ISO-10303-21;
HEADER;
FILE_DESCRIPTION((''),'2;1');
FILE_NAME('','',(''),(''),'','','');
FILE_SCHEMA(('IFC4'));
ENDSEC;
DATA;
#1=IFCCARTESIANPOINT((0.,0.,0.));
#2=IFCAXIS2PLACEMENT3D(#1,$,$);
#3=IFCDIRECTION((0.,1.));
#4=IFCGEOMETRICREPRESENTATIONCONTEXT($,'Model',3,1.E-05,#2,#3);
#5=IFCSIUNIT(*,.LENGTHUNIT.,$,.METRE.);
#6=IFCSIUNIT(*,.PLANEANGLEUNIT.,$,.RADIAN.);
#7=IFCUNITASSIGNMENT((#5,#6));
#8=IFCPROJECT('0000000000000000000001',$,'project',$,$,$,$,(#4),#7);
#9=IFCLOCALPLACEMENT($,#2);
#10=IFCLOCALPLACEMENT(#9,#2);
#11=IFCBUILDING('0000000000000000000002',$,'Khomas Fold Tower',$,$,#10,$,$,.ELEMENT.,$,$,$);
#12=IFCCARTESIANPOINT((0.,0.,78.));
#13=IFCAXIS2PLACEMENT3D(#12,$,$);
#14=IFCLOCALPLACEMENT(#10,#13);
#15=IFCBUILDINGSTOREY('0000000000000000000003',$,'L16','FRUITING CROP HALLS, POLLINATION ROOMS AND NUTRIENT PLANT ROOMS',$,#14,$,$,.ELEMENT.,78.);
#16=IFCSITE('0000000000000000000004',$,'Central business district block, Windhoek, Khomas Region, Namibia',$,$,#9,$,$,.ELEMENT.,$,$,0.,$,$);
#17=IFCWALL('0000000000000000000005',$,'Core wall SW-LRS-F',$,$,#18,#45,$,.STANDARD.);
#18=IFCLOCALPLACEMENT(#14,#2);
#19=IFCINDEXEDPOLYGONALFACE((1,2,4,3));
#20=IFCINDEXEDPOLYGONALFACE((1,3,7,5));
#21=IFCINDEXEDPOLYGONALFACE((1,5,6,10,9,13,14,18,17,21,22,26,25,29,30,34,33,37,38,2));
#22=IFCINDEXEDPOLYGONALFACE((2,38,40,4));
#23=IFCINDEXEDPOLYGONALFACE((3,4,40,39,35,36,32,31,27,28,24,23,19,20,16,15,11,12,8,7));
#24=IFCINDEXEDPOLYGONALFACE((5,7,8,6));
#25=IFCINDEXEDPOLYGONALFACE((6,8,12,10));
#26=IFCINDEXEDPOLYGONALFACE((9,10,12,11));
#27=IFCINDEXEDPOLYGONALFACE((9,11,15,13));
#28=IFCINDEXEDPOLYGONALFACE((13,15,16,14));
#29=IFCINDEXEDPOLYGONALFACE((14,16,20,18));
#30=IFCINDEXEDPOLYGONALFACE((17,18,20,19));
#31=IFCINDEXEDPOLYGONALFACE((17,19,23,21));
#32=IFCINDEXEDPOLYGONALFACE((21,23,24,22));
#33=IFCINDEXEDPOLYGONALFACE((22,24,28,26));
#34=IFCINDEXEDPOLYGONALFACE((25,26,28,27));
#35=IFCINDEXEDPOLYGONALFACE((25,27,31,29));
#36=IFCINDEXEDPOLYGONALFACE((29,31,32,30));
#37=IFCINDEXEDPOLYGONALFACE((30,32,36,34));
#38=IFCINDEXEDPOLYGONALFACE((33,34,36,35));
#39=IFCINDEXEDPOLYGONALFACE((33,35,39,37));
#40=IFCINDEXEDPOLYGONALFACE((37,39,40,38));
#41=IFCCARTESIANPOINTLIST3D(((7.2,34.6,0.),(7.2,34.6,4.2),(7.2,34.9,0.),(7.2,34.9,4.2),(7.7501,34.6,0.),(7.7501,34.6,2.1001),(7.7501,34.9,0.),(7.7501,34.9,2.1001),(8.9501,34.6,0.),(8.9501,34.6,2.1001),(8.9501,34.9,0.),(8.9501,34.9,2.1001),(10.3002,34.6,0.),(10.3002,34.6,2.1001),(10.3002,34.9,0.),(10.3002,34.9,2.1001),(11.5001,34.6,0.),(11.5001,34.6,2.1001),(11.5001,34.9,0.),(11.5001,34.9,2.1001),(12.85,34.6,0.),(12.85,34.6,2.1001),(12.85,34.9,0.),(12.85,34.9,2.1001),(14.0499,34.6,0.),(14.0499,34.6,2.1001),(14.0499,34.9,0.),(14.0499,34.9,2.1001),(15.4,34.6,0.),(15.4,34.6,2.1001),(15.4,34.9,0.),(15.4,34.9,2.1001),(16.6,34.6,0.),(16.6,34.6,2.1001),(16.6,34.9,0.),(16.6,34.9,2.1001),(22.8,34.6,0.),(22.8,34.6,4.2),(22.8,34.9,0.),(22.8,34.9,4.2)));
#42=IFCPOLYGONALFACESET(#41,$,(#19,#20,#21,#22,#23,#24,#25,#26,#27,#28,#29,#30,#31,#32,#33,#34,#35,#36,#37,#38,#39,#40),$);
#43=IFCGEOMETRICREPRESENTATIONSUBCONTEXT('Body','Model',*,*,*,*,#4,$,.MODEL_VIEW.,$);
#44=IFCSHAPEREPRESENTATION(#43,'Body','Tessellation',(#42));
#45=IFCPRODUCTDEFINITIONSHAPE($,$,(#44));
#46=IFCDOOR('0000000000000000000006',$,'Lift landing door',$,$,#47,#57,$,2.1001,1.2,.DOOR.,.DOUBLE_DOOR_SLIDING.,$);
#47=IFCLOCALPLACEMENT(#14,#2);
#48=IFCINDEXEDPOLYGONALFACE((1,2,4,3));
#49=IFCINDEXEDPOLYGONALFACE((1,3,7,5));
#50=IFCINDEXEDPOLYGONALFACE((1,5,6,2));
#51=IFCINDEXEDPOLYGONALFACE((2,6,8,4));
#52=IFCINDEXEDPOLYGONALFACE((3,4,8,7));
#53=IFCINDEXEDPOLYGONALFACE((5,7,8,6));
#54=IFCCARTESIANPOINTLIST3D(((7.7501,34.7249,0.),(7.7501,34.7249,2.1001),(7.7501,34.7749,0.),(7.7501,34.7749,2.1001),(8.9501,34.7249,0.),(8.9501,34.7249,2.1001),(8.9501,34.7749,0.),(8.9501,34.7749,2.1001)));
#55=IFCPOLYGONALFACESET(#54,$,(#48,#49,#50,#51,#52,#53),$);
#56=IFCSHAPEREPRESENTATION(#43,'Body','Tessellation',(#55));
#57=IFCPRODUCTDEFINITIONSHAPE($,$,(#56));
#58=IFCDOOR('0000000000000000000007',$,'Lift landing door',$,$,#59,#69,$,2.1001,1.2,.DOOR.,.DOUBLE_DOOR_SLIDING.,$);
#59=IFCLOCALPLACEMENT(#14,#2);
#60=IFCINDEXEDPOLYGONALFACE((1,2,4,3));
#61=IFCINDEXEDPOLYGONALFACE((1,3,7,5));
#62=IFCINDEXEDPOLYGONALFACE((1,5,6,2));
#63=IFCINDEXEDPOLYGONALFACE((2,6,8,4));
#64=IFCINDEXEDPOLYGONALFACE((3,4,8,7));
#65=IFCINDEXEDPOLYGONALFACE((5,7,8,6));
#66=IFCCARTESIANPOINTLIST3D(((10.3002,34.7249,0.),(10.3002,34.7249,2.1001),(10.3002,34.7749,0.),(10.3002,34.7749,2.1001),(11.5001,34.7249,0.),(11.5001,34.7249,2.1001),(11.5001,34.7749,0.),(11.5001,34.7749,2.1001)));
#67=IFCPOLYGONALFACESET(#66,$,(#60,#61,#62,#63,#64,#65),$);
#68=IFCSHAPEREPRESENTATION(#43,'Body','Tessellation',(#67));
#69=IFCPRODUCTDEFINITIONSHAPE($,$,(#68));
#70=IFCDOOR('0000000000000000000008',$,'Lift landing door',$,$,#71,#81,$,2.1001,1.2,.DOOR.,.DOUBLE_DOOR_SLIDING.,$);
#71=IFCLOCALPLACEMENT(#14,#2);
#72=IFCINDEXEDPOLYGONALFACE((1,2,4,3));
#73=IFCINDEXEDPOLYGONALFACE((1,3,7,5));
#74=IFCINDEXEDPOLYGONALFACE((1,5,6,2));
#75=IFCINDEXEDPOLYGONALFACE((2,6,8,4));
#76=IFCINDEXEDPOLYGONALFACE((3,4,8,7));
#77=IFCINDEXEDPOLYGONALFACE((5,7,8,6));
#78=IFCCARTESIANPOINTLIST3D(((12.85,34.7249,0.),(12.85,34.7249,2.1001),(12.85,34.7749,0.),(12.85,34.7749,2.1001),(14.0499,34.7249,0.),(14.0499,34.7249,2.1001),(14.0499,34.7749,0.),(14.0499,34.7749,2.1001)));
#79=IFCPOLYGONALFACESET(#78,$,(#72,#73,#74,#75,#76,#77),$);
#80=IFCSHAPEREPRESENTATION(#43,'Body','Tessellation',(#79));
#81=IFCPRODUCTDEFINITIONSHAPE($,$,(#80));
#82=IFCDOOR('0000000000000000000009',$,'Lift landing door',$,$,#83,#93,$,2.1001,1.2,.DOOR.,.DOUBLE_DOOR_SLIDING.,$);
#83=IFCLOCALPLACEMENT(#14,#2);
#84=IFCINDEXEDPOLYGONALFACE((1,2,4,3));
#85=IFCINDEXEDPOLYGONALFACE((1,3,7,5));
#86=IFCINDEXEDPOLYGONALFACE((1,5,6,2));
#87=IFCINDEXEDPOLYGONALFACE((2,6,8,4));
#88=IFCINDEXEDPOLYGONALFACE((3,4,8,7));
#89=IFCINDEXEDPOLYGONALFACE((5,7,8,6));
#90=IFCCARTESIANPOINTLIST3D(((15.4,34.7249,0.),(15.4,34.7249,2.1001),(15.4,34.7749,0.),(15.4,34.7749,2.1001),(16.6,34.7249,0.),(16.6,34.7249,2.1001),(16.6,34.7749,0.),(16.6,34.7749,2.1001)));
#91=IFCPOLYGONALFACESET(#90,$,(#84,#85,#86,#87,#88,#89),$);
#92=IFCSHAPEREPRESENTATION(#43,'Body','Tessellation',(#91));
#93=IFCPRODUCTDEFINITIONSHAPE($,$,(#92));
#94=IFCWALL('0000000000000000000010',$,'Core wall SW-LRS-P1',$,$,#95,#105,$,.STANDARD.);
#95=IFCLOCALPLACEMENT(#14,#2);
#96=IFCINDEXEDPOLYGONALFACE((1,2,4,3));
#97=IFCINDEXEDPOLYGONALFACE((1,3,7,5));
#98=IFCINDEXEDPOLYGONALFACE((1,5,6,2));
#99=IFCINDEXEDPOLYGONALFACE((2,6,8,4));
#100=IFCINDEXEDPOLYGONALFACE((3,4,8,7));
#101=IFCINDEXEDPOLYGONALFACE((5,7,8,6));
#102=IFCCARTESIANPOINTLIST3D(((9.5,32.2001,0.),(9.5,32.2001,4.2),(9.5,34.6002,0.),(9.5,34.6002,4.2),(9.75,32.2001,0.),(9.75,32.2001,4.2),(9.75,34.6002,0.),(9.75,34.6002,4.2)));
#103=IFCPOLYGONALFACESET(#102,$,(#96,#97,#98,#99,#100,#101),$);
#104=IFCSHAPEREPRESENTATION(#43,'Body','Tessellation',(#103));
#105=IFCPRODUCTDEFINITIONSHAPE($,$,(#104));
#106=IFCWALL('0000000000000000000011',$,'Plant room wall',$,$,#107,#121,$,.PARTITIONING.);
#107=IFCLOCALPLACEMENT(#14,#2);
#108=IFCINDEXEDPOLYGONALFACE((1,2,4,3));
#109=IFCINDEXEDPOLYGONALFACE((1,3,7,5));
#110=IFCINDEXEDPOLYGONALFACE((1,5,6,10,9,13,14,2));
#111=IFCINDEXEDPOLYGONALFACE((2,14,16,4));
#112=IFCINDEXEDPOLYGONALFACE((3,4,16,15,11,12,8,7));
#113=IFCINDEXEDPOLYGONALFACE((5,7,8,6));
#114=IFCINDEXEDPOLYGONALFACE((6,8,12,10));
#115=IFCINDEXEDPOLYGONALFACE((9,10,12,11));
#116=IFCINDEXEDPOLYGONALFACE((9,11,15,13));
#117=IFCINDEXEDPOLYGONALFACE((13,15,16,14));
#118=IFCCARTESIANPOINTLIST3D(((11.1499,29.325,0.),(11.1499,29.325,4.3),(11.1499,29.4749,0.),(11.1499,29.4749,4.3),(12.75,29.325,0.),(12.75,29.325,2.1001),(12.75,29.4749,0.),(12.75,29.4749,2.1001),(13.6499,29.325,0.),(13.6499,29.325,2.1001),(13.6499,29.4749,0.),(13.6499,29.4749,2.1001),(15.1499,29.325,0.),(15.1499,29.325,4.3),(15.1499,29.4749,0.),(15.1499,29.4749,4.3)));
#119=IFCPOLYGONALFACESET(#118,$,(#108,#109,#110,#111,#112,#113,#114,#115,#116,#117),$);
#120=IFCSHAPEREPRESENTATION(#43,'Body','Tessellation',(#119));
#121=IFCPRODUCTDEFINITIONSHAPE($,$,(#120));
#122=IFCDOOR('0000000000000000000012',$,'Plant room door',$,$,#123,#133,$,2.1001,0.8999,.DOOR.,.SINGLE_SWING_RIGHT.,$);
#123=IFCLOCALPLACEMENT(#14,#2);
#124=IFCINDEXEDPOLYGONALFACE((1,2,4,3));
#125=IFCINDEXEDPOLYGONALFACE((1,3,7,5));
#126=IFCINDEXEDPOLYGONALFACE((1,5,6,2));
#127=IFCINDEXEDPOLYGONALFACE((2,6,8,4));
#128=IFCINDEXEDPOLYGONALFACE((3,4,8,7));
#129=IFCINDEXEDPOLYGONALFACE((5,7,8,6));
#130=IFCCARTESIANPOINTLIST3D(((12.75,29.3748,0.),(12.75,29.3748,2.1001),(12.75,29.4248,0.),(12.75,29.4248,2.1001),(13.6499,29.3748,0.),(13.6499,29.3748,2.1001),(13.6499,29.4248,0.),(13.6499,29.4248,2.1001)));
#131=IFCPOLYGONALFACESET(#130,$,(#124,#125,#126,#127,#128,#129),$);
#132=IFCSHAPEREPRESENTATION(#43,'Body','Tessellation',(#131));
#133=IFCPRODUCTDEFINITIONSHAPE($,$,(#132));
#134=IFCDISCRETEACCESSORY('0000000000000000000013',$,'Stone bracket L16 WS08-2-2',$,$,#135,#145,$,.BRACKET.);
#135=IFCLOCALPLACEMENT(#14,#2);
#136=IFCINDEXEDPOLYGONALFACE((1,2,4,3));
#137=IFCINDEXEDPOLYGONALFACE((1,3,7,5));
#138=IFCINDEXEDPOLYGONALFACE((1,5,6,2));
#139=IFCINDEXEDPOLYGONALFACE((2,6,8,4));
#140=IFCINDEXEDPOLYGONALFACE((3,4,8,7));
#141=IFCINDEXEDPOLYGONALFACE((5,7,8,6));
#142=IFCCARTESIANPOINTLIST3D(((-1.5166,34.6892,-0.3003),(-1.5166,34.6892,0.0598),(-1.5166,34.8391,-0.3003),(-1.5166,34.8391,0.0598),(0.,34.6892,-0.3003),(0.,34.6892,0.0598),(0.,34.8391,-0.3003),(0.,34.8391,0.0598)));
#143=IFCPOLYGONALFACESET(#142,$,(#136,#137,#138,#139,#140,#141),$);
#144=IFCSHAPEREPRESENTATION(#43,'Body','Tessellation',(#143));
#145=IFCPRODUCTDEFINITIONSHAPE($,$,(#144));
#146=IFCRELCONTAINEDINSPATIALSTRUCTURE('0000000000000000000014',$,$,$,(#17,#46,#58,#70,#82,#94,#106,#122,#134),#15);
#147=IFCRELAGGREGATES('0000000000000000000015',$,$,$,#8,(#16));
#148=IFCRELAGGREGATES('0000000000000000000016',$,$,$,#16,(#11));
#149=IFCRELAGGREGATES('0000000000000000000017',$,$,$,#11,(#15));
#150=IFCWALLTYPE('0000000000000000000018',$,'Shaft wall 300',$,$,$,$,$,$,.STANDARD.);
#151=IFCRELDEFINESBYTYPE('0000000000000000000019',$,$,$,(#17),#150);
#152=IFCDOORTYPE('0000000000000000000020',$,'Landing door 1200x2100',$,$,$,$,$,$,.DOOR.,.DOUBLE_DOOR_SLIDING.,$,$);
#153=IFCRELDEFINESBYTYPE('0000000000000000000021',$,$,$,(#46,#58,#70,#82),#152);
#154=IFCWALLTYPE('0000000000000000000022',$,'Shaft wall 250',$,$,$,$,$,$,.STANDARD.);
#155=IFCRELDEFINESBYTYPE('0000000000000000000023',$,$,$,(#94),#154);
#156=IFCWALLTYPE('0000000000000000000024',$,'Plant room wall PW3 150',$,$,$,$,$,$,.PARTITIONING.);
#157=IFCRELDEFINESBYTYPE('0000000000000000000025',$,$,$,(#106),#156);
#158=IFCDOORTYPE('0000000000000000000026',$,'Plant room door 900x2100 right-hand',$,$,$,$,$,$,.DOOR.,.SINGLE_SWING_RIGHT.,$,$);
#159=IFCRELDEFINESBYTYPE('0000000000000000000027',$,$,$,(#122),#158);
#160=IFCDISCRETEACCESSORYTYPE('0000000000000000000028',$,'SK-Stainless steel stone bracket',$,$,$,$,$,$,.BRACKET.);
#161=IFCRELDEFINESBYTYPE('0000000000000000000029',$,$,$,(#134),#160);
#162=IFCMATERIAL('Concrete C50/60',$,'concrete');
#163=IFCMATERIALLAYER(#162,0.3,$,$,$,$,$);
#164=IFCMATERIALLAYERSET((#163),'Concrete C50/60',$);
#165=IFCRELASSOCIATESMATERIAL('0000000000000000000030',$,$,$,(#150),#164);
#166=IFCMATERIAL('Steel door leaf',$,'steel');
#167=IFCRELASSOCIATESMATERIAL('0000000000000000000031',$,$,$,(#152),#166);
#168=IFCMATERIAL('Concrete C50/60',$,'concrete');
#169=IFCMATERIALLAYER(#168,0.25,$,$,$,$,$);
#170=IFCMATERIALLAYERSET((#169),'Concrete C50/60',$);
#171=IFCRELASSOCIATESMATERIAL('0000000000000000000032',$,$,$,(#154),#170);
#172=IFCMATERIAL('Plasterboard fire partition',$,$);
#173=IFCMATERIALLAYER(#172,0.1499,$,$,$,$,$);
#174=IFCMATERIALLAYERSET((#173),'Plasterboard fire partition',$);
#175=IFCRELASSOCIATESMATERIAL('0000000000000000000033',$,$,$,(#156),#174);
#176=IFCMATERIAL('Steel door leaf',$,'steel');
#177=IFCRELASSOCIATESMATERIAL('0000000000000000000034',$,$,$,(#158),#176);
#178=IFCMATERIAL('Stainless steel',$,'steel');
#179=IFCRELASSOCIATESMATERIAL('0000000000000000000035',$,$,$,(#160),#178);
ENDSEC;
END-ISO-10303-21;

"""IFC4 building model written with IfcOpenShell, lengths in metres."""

from ifc_helpers import new_model, si_unit, direction, frame, frame_2d, origin, origin_2d, place, context, subcontext, project, spatial, rectangle, extrude, source, transform, mapped, material, layer, layer_set, type_object, element, fill, save


model = new_model("IFC4")

# Units and contexts
model_context = context("Model", 3, precision=1e-05, world=origin(), true_north=direction((0.0, 1.0)))
body_context = subcontext(model_context, "Body", "Model", "MODEL_VIEW")
ifc_project = project(units=[si_unit("LENGTHUNIT", "METRE"), si_unit("PLANEANGLEUNIT", "RADIAN")], contexts=[model_context])

# Site, building, storey
site_placement = place(None, origin())
site = spatial("IfcSite", under=ifc_project, at=site_placement, Name="Central business district block, Windhoek, Khomas Region, Namibia", CompositionType="ELEMENT", RefElevation=0.0)
building_placement = place(site_placement, origin())
building = spatial("IfcBuilding", under=site, at=building_placement, Name="Khomas Fold Tower", CompositionType="ELEMENT")
storey_placement = place(building_placement, frame((0.0, 0.0, 78.0)))
storey = spatial("IfcBuildingStorey", under=building, at=storey_placement, Name="L16", Description="FRUITING CROP HALLS, POLLINATION ROOMS AND NUTRIENT PLANT ROOMS", CompositionType="ELEMENT", Elevation=78.0)

# Shared definitions
ifc_material_1 = material(Name="Concrete C50/60", Category="concrete")
ifc_layer_1 = layer(ifc_material_1, 0.3)
ifc_layer_set_1 = layer_set([ifc_layer_1], Name="Concrete C50/60")
wall_type_1 = type_object("IfcWallType", Name="Shaft wall 300", PredefinedType="STANDARD", material=ifc_layer_set_1)
shared_shape_1 = source(origin(), body_context, "Body", "SweptSolid", [
    extrude(rectangle(XDim=15.6001, YDim=0.3, at=frame_2d((7.8, 0.0))), origin(), (0.0, 0.0, 1.0), 4.2),
])

# Wall, openings, doors
wall_1_placement = place(storey_placement, frame((7.2, 34.75, 0.0), z_axis=(0.0, 0.0, 1.0), x_axis=(1.0, 0.0, 0.0)))
wall_1 = element("IfcWall", 1, at=wall_1_placement, inside=storey, type_object=wall_type_1, Name="Core wall SW-LRS-F", PredefinedType="STANDARD", context=body_context, shape_type="MappedRepresentation", body=[
    mapped(shared_shape_1, transform((0.0, 0.0, 0.0))),
])
shared_shape_2 = source(origin(), body_context, "Body", "SweptSolid", [
    extrude(rectangle(XDim=1.2, YDim=2.1001, at=frame_2d((0.6001, 1.05))), frame((0.0, 0.1599, 0.0), z_axis=(0.0, -1.0, 0.0), x_axis=(1.0, 0.0, 0.0)), (0.0, 0.0, 1.0), 0.3201),
])
opening_1_placement = place(wall_1_placement, frame((0.55, 0.0, 0.0)))
opening_1 = element("IfcOpeningElement", 2, at=opening_1_placement, cuts=wall_1, PredefinedType="OPENING", context=body_context, shape_type="MappedRepresentation", body=[
    mapped(shared_shape_2, transform((0.0, 0.0, 0.0))),
])
opening_2_placement = place(wall_1_placement, frame((3.1001, 0.0, 0.0)))
opening_2 = element("IfcOpeningElement", 3, at=opening_2_placement, cuts=wall_1, PredefinedType="OPENING", context=body_context, shape_type="MappedRepresentation", body=[
    mapped(shared_shape_2, transform((0.0, 0.0, 0.0))),
])
opening_3_placement = place(wall_1_placement, frame((5.6499, 0.0, 0.0)))
opening_3 = element("IfcOpeningElement", 4, at=opening_3_placement, cuts=wall_1, PredefinedType="OPENING", context=body_context, shape_type="MappedRepresentation", body=[
    mapped(shared_shape_2, transform((0.0, 0.0, 0.0))),
])
opening_4_placement = place(wall_1_placement, frame((8.2, 0.0, 0.0)))
opening_4 = element("IfcOpeningElement", 5, at=opening_4_placement, cuts=wall_1, PredefinedType="OPENING", context=body_context, shape_type="MappedRepresentation", body=[
    mapped(shared_shape_2, transform((0.0, 0.0, 0.0))),
])
ifc_material_2 = material(Name="Steel door leaf", Category="steel")
door_type_1 = type_object("IfcDoorType", Name="Landing door 1200x2100", OperationType="DOUBLE_DOOR_SLIDING", PredefinedType="DOOR", material=ifc_material_2)
shared_shape_3 = source(origin(), body_context, "Body", "SweptSolid", [
    extrude(rectangle(XDim=1.2, YDim=2.1001, at=frame_2d((0.6001, 1.05))), frame((0.0, 0.0249, 0.0), z_axis=(0.0, -1.0, 0.0), x_axis=(1.0, 0.0, 0.0)), (0.0, 0.0, 1.0), 0.05),
])
door_1_placement = place(opening_1_placement, origin())
door_1 = element("IfcDoor", 6, at=door_1_placement, inside=storey, type_object=door_type_1, Name="Lift landing door", OperationType="DOUBLE_DOOR_SLIDING", OverallHeight=2.1001, OverallWidth=1.2, PredefinedType="DOOR", context=body_context, shape_type="MappedRepresentation", body=[
    mapped(shared_shape_3, transform((0.0, 0.0, 0.0))),
])
fill(opening_1, door_1)
door_2_placement = place(opening_2_placement, origin())
door_2 = element("IfcDoor", 7, at=door_2_placement, inside=storey, type_object=door_type_1, Name="Lift landing door", OperationType="DOUBLE_DOOR_SLIDING", OverallHeight=2.1001, OverallWidth=1.2, PredefinedType="DOOR", context=body_context, shape_type="MappedRepresentation", body=[
    mapped(shared_shape_3, transform((0.0, 0.0, 0.0))),
])
fill(opening_2, door_2)
door_3_placement = place(opening_3_placement, origin())
door_3 = element("IfcDoor", 8, at=door_3_placement, inside=storey, type_object=door_type_1, Name="Lift landing door", OperationType="DOUBLE_DOOR_SLIDING", OverallHeight=2.1001, OverallWidth=1.2, PredefinedType="DOOR", context=body_context, shape_type="MappedRepresentation", body=[
    mapped(shared_shape_3, transform((0.0, 0.0, 0.0))),
])
fill(opening_3, door_3)
door_4_placement = place(opening_4_placement, origin())
door_4 = element("IfcDoor", 9, at=door_4_placement, inside=storey, type_object=door_type_1, Name="Lift landing door", OperationType="DOUBLE_DOOR_SLIDING", OverallHeight=2.1001, OverallWidth=1.2, PredefinedType="DOOR", context=body_context, shape_type="MappedRepresentation", body=[
    mapped(shared_shape_3, transform((0.0, 0.0, 0.0))),
])
fill(opening_4, door_4)

# Wall
ifc_material_3 = material(Name="Concrete C50/60", Category="concrete")
ifc_layer_2 = layer(ifc_material_3, 0.25)
ifc_layer_set_2 = layer_set([ifc_layer_2], Name="Concrete C50/60")
wall_type_2 = type_object("IfcWallType", Name="Shaft wall 250", PredefinedType="STANDARD", material=ifc_layer_set_2)
shared_shape_4 = source(origin(), body_context, "Body", "SweptSolid", [
    extrude(rectangle(XDim=2.4001, YDim=0.25, at=frame_2d((1.2002, 0.0))), origin(), (0.0, 0.0, 1.0), 4.2),
])
wall_2_placement = place(storey_placement, frame((9.625, 32.2, 0.0), z_axis=(0.0, 0.0, 1.0), x_axis=(0.0, 1.0, 0.0)))
element("IfcWall", 10, at=wall_2_placement, inside=storey, type_object=wall_type_2, Name="Core wall SW-LRS-P1", PredefinedType="STANDARD", context=body_context, shape_type="MappedRepresentation", body=[
    mapped(shared_shape_4, transform((0.0, 0.0, 0.0))),
])

# Wall, opening, door
ifc_material_4 = material(Name="Plasterboard fire partition")
ifc_layer_3 = layer(ifc_material_4, 0.1499)
ifc_layer_set_3 = layer_set([ifc_layer_3], Name="Plasterboard fire partition")
wall_type_3 = type_object("IfcWallType", Name="Plant room wall PW3 150", PredefinedType="PARTITIONING", material=ifc_layer_set_3)
shared_shape_5 = source(origin(), body_context, "Body", "SweptSolid", [
    extrude(rectangle(XDim=4.0, YDim=0.1499, at=frame_2d((2.0, 0.0))), origin(), (0.0, 0.0, 1.0), 4.3),
])
wall_3_placement = place(storey_placement, frame((11.1499, 29.3999, 0.0), z_axis=(0.0, 0.0, 1.0), x_axis=(1.0, 0.0, 0.0)))
wall_3 = element("IfcWall", 11, at=wall_3_placement, inside=storey, type_object=wall_type_3, Name="Plant room wall", PredefinedType="PARTITIONING", context=body_context, shape_type="MappedRepresentation", body=[
    mapped(shared_shape_5, transform((0.0, 0.0, 0.0))),
])
shared_shape_6 = source(origin(), body_context, "Body", "SweptSolid", [
    extrude(rectangle(XDim=0.8999, YDim=2.1001, at=frame_2d((0.45, 1.05))), frame((0.0, 0.085, 0.0), z_axis=(0.0, -1.0, 0.0), x_axis=(1.0, 0.0, 0.0)), (0.0, 0.0, 1.0), 0.1699),
])
opening_5_placement = place(wall_3_placement, frame((1.6001, 0.0, 0.0)))
opening_5 = element("IfcOpeningElement", 12, at=opening_5_placement, cuts=wall_3, PredefinedType="OPENING", context=body_context, shape_type="MappedRepresentation", body=[
    mapped(shared_shape_6, transform((0.0, 0.0, 0.0))),
])
ifc_material_5 = material(Name="Steel door leaf", Category="steel")
door_type_2 = type_object("IfcDoorType", Name="Plant room door 900x2100 right-hand", OperationType="SINGLE_SWING_RIGHT", PredefinedType="DOOR", material=ifc_material_5)
shared_shape_7 = source(origin(), body_context, "Body", "SweptSolid", [
    extrude(rectangle(XDim=0.8999, YDim=2.1001, at=frame_2d((0.45, 1.05))), frame((0.0, 0.0249, 0.0), z_axis=(0.0, -1.0, 0.0), x_axis=(1.0, 0.0, 0.0)), (0.0, 0.0, 1.0), 0.05),
])
door_5_placement = place(opening_5_placement, origin())
door_5 = element("IfcDoor", 13, at=door_5_placement, inside=storey, type_object=door_type_2, Name="Plant room door", OperationType="SINGLE_SWING_RIGHT", OverallHeight=2.1001, OverallWidth=0.8999, PredefinedType="DOOR", context=body_context, shape_type="MappedRepresentation", body=[
    mapped(shared_shape_7, transform((0.0, 0.0, 0.0))),
])
fill(opening_5, door_5)

# Discrete accessory
ifc_material_6 = material(Name="Stainless steel", Category="steel")
discrete_accessory_type = type_object("IfcDiscreteAccessoryType", Name="SK-Stainless steel stone bracket", PredefinedType="BRACKET", material=ifc_material_6)
shared_shape_8 = source(origin(), body_context, "Body", "SweptSolid", [
    extrude(rectangle(XDim=1.5166, YDim=0.1499, at=origin_2d()), origin(), (0.0, 0.0, 1.0), 0.3601),
])
discrete_accessory_placement = place(storey_placement, frame((-0.7583, 34.7642, -0.3003), z_axis=(0.0, 0.0, 1.0), x_axis=(-1.0, 0.0, 0.0)))
element("IfcDiscreteAccessory", 14, at=discrete_accessory_placement, inside=storey, type_object=discrete_accessory_type, Name="Stone bracket L16 WS08-2-2", PredefinedType="BRACKET", context=body_context, shape_type="MappedRepresentation", body=[
    mapped(shared_shape_8, transform((0.0, 0.0, 0.0))),
])

save(model, "model.ifc")
